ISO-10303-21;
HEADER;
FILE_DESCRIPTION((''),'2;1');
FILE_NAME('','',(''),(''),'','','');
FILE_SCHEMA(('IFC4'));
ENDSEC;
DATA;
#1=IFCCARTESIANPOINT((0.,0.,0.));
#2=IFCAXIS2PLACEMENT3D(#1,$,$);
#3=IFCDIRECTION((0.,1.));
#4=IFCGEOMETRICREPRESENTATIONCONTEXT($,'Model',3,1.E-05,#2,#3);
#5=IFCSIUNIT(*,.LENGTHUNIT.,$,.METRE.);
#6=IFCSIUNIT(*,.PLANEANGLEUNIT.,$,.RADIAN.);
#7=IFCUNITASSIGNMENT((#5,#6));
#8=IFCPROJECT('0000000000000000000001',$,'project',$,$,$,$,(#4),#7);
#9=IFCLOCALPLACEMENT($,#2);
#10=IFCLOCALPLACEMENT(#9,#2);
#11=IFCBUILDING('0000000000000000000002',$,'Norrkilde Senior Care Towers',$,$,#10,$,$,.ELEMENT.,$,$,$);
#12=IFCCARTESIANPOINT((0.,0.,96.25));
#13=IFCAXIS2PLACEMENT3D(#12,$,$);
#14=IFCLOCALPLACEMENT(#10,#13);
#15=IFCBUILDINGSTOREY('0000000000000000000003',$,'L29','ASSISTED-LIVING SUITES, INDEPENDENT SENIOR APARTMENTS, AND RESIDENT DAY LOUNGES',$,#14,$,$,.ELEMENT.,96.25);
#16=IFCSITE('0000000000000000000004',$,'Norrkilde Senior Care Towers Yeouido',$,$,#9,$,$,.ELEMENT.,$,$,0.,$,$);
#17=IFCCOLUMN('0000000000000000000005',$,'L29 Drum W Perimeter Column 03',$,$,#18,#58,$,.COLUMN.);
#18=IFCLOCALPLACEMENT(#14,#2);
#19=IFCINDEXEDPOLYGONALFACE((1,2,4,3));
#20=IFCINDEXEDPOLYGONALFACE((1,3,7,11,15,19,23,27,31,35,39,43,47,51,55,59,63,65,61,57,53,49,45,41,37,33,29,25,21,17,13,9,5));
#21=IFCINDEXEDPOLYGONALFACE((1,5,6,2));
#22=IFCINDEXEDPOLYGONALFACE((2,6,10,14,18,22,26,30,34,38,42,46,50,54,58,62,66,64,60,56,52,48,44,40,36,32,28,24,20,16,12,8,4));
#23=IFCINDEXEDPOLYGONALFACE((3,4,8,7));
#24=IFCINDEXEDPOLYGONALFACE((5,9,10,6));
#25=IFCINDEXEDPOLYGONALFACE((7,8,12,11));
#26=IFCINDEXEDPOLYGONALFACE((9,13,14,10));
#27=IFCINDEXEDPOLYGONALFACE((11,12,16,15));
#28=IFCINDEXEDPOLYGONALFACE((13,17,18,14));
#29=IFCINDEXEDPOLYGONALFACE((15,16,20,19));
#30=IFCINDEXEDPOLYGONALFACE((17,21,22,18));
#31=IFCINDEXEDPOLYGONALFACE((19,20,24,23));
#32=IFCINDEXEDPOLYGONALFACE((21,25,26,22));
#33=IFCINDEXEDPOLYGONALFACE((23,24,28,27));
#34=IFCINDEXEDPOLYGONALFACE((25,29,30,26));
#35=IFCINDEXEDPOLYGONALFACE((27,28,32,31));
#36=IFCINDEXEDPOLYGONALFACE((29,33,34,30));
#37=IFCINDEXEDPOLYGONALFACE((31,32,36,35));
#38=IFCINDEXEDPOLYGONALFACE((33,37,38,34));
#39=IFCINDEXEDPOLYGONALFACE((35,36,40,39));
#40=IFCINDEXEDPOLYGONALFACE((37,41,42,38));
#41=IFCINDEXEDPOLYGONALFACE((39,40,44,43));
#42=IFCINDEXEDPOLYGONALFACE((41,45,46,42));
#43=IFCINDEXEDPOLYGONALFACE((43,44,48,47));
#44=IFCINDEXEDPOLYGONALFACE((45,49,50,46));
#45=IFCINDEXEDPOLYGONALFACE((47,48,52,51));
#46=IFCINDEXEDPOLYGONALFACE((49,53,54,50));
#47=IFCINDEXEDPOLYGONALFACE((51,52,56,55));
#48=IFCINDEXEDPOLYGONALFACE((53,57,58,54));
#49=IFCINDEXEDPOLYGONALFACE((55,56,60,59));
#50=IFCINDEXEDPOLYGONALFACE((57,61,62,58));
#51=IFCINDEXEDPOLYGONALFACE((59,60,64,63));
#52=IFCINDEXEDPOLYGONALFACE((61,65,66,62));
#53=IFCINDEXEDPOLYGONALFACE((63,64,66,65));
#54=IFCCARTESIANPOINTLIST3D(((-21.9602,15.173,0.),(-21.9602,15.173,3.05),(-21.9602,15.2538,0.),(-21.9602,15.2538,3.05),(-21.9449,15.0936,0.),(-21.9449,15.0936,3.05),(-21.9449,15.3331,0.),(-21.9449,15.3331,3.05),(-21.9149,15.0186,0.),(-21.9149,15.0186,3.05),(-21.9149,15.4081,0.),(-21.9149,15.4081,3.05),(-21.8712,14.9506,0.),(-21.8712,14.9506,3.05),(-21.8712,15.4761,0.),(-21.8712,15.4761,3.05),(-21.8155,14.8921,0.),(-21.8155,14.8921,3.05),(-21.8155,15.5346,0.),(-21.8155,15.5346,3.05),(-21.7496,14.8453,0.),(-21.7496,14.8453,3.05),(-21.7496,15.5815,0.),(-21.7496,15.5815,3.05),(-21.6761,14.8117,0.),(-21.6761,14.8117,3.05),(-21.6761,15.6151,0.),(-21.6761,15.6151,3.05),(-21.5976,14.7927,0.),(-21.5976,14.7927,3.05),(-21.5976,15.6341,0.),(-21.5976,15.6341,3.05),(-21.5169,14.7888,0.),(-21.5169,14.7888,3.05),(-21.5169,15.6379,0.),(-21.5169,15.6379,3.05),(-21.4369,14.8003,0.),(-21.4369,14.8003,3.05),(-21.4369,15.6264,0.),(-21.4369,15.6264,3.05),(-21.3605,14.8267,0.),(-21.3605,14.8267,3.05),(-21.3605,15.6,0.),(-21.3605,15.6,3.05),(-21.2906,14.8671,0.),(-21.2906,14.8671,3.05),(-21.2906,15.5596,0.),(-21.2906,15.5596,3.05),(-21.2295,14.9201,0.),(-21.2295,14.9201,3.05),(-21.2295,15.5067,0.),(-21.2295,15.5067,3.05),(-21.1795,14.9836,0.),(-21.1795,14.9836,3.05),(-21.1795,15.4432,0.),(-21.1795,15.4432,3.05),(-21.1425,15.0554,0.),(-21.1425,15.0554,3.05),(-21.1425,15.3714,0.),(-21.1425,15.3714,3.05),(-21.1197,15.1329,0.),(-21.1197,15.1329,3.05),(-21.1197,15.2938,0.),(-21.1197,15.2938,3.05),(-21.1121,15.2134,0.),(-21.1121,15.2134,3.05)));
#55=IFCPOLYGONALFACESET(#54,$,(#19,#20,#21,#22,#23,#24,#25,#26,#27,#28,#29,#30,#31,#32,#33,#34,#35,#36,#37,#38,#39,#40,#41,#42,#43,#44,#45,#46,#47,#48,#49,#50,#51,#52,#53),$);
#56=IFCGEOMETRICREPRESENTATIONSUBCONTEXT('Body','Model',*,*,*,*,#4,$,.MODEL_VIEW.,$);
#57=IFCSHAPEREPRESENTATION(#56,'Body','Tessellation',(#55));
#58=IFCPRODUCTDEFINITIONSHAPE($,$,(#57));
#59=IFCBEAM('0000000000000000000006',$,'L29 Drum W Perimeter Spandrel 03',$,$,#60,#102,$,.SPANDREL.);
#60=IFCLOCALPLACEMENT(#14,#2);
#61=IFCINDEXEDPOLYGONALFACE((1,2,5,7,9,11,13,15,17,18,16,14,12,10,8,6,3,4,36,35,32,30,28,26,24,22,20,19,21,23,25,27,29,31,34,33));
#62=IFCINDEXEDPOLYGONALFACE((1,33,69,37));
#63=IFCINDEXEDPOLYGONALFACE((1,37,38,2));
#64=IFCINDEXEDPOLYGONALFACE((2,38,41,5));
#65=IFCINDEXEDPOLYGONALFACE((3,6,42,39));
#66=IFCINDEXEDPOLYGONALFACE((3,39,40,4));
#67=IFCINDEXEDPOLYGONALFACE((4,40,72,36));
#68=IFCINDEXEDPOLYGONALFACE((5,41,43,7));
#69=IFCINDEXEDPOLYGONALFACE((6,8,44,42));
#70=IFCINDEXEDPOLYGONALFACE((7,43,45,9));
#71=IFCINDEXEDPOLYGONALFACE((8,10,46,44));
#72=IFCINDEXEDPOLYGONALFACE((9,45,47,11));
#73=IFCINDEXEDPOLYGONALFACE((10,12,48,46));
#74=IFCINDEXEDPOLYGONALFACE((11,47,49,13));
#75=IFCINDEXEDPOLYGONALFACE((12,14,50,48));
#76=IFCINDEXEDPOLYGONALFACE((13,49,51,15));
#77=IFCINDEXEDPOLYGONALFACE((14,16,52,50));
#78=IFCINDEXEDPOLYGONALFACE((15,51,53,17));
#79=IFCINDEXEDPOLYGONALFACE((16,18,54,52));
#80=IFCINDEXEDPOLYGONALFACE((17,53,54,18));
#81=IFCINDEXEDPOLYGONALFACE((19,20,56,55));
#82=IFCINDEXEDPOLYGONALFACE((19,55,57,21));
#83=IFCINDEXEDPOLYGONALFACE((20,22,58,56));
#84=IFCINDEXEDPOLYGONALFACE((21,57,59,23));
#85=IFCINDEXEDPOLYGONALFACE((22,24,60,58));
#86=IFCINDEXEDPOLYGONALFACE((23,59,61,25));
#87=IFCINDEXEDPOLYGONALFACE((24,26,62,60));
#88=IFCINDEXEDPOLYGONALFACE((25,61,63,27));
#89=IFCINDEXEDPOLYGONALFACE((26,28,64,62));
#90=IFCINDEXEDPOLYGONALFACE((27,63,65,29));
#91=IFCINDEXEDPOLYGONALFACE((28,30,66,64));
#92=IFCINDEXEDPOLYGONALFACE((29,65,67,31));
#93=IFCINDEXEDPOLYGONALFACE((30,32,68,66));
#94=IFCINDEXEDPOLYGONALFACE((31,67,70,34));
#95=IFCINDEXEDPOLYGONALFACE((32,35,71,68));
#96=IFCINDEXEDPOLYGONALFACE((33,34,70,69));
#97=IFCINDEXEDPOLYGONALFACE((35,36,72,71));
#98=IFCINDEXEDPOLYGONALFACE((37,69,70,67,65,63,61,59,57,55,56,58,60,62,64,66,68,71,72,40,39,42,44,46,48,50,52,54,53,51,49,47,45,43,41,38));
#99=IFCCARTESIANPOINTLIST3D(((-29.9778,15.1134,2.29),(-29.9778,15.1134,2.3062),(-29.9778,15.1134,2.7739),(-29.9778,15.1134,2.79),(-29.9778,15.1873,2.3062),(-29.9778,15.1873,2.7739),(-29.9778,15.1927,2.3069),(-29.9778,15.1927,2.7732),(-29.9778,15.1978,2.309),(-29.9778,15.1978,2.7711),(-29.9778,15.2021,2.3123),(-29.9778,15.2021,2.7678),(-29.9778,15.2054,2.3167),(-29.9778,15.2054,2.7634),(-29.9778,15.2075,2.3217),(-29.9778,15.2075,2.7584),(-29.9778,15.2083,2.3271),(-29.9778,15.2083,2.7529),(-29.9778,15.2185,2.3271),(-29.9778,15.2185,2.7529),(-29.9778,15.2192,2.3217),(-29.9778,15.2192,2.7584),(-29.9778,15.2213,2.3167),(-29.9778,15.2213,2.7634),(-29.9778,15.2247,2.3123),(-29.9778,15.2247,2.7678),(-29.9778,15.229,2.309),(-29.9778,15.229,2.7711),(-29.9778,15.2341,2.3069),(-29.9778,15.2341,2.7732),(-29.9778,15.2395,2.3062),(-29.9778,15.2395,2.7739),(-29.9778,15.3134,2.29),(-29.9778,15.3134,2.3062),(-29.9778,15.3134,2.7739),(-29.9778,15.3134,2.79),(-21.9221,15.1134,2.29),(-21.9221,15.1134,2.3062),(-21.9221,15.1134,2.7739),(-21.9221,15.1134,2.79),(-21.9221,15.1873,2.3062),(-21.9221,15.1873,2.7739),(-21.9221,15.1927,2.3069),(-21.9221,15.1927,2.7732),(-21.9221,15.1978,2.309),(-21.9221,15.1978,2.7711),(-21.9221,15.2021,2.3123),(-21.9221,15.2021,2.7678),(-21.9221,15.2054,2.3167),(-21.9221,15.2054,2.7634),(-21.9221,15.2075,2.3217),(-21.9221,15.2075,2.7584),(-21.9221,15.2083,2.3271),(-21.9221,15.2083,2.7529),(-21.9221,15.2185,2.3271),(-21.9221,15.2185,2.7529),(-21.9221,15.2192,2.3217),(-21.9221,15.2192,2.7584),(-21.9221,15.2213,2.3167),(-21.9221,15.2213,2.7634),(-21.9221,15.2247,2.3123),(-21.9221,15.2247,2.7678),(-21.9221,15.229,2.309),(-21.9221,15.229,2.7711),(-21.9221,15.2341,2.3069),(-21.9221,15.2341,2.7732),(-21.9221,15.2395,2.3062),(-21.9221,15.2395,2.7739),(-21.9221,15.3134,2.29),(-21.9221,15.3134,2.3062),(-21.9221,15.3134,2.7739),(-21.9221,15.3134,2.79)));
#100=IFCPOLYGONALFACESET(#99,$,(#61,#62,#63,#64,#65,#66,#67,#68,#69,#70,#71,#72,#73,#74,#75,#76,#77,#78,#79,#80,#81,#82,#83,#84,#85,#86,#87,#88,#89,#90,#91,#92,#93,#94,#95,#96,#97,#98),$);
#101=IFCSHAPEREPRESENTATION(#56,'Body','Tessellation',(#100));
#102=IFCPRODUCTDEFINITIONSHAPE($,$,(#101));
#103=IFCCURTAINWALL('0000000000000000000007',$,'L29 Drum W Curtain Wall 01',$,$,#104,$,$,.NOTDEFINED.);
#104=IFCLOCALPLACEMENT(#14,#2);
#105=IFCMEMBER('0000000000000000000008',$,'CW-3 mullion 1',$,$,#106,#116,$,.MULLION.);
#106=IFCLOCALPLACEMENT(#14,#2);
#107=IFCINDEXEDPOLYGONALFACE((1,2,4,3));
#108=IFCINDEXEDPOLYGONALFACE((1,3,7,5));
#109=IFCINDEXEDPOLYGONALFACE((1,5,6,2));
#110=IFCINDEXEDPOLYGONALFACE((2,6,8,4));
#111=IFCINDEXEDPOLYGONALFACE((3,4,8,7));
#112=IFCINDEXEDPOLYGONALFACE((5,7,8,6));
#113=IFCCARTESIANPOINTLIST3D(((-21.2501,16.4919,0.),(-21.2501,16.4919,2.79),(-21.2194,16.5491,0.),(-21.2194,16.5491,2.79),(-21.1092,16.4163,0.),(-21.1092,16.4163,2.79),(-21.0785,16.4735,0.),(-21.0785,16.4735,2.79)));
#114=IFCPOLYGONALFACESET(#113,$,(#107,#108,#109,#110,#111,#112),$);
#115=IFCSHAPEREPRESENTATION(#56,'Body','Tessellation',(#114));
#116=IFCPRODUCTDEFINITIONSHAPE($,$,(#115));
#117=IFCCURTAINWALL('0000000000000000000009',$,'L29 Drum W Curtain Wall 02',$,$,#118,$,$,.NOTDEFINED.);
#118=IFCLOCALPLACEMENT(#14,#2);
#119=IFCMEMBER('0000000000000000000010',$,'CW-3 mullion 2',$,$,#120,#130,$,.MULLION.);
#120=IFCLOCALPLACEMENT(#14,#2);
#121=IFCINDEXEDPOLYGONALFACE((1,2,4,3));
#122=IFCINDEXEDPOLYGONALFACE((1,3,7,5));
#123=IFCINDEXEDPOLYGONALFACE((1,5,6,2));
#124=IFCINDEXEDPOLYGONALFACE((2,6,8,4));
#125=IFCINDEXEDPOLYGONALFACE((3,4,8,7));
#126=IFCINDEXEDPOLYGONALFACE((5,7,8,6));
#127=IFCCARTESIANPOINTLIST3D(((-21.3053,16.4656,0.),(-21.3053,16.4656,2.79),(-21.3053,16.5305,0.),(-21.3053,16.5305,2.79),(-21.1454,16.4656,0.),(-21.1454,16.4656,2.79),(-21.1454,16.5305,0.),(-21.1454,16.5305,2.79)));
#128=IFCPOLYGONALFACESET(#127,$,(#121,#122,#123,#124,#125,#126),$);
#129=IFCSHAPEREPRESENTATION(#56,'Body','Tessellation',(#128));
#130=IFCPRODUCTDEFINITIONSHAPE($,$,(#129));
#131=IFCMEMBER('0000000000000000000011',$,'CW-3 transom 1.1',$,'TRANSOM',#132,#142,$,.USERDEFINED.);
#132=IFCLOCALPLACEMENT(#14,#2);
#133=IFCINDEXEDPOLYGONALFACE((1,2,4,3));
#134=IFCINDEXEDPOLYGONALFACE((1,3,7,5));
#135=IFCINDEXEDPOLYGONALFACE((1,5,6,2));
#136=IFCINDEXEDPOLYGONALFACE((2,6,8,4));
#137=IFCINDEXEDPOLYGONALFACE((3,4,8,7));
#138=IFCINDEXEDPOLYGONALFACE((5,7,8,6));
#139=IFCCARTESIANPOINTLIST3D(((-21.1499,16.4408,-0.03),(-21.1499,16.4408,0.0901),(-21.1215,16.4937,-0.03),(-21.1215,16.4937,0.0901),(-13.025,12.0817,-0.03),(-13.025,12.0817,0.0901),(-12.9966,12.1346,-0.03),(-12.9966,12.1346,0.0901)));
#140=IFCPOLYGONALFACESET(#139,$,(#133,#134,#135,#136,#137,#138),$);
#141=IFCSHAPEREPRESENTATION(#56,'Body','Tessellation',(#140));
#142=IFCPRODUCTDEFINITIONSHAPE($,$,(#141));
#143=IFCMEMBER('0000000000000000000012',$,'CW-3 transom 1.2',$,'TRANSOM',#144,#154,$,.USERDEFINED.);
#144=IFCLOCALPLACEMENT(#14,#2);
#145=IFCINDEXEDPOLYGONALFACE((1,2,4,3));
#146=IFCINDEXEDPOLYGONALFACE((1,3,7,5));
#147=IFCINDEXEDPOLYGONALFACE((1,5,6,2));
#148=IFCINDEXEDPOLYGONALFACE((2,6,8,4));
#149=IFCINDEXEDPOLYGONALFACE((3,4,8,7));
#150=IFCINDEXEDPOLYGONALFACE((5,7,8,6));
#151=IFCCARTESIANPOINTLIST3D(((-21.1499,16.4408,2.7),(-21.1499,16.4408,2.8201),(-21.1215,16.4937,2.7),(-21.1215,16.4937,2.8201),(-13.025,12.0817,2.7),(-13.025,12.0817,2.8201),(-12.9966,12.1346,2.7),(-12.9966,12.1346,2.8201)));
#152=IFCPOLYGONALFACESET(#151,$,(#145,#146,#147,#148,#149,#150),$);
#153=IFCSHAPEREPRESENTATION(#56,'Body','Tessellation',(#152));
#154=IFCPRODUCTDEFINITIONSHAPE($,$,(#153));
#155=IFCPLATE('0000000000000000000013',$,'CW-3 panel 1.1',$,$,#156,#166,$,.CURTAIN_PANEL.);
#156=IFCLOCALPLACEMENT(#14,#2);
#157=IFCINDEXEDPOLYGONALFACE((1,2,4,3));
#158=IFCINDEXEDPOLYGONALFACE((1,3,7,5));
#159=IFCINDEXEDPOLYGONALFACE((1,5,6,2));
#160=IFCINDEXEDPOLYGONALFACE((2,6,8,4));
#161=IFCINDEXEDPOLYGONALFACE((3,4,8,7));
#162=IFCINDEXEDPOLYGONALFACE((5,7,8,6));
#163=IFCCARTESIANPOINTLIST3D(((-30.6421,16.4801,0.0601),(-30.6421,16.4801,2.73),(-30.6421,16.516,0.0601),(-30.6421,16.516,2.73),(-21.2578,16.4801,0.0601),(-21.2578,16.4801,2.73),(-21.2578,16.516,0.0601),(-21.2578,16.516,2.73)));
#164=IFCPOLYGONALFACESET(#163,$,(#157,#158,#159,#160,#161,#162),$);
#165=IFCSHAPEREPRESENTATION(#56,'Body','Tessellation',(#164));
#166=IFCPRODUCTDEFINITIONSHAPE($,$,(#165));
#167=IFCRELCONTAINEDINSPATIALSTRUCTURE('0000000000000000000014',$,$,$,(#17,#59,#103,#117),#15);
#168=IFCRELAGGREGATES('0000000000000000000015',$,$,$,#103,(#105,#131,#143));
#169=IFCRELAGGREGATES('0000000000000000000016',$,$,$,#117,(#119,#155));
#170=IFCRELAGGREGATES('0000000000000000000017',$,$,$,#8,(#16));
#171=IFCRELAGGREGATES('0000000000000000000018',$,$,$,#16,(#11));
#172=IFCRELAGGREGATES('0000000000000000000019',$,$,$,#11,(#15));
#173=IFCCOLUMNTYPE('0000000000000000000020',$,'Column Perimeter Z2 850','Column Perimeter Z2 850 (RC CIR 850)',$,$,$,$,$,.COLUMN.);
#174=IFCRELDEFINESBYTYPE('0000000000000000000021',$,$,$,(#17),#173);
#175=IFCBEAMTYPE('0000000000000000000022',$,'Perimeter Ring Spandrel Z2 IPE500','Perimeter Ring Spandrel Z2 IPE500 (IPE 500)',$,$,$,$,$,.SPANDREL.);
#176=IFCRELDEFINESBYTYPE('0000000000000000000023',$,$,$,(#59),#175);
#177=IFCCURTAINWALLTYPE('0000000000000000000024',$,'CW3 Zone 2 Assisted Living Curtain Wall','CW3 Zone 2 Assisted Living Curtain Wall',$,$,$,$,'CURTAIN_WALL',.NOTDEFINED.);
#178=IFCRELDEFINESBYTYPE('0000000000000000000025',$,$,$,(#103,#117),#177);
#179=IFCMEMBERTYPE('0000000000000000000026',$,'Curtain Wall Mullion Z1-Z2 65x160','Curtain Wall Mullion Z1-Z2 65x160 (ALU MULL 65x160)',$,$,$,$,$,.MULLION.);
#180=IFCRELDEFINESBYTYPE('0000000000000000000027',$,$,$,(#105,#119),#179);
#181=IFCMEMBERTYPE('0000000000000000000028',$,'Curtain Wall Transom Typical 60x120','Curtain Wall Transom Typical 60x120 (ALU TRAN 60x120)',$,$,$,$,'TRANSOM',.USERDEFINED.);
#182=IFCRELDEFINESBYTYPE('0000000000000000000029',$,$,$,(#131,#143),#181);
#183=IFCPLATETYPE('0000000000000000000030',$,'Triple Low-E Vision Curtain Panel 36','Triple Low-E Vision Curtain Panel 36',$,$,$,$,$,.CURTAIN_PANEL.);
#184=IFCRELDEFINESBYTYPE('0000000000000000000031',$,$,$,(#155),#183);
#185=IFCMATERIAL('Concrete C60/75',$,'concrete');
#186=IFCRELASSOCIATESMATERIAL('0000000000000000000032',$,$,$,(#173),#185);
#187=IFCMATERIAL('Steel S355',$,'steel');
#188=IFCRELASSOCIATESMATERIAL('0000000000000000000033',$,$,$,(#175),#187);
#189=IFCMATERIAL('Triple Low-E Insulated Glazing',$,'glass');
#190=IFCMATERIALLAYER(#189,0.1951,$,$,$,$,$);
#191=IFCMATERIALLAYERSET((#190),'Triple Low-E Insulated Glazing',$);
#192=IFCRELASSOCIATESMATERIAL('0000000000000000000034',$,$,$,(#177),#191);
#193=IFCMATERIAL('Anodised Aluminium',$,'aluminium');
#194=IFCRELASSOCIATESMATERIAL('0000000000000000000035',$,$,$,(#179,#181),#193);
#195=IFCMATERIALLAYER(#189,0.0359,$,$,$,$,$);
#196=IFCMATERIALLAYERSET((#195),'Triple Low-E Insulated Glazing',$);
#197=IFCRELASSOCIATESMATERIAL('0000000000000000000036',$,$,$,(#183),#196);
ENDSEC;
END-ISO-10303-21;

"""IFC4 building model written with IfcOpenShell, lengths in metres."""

from ifc_helpers import new_model, si_unit, direction, frame, origin, origin_2d, place, context, subcontext, project, spatial, rectangle, circle, i_section, extrude, source, transform, mapped, material, layer, layer_set, material_profile, profile_set, type_object, type_shapes, element, aggregate, save


model = new_model("IFC4")

# Units and contexts
model_context = context("Model", 3, precision=1e-05, world=origin(), true_north=direction((0.0, 1.0)))
body_context = subcontext(model_context, "Body", "Model", "MODEL_VIEW")
ifc_project = project(units=[si_unit("LENGTHUNIT", "METRE"), si_unit("PLANEANGLEUNIT", "RADIAN")], contexts=[model_context])

# Site, building, storey
site_placement = place(None, origin())
site = spatial("IfcSite", under=ifc_project, at=site_placement, Name="Norrkilde Senior Care Towers Yeouido", CompositionType="ELEMENT", RefElevation=0.0)
building_placement = place(site_placement, origin())
building = spatial("IfcBuilding", under=site, at=building_placement, Name="Norrkilde Senior Care Towers", CompositionType="ELEMENT")
storey_placement = place(building_placement, frame((0.0, 0.0, 96.25)))
storey = spatial("IfcBuildingStorey", under=building, at=storey_placement, Name="L29", Description="ASSISTED-LIVING SUITES, INDEPENDENT SENIOR APARTMENTS, AND RESIDENT DAY LOUNGES", CompositionType="ELEMENT", Elevation=96.25)

# Column
ifc_material_1 = material(Name="Concrete C60/75", Category="concrete")
ifc_material_profile_1 = material_profile(ifc_material_1, circle(Radius=0.425, at=origin_2d()), Name="RC CIR 850")
ifc_profile_set_1 = profile_set([ifc_material_profile_1], Name="Concrete C60/75")
column_type = type_object("IfcColumnType", Name="Column Perimeter Z2 850", Description="Column Perimeter Z2 850 (RC CIR 850)", PredefinedType="COLUMN", material=ifc_profile_set_1)
shared_shape_1 = source(origin(), body_context, "Body", "SweptSolid", [
    extrude(circle(Radius=0.425, at=origin_2d()), origin(), (0.0, 0.0, 1.0), 3.05),
])
type_shapes(column_type, [shared_shape_1])
column_placement = place(storey_placement, frame((-21.5371, 15.2134, 0.0), z_axis=(0.0, 0.0, 1.0), x_axis=(1.0, 0.0, 0.0)))
element("IfcColumn", 1, at=column_placement, inside=storey, type_object=column_type, Name="L29 Drum W Perimeter Column 03", PredefinedType="COLUMN", context=body_context, shape_type="MappedRepresentation", body=[
    mapped(shared_shape_1, transform((0.0, 0.0, 0.0), x_axis=(1.0, 0.0, 0.0), y_axis=(0.0, 1.0, 0.0), z_axis=(0.0, 0.0, 1.0), scale=1.0)),
])

# Beam
ifc_material_2 = material(Name="Steel S355", Category="steel")
ifc_material_profile_2 = material_profile(ifc_material_2, i_section(OverallWidth=0.2, OverallDepth=0.5, WebThickness=0.0103, FlangeThickness=0.0161, FilletRadius=0.021, at=origin_2d()), Name="IPE 500")
ifc_profile_set_2 = profile_set([ifc_material_profile_2], Name="Steel S355")
beam_type = type_object("IfcBeamType", Name="Perimeter Ring Spandrel Z2 IPE500", Description="Perimeter Ring Spandrel Z2 IPE500 (IPE 500)", PredefinedType="SPANDREL", material=ifc_profile_set_2)
shared_shape_2 = source(origin(), body_context, "Body", "SweptSolid", [
    extrude(i_section(OverallWidth=0.2, OverallDepth=0.5, WebThickness=0.0103, FlangeThickness=0.0161, FilletRadius=0.021, at=origin_2d()), origin(), (0.0, 0.0, 1.0), 8.0557),
])
type_shapes(beam_type, [shared_shape_2])
beam_placement = place(storey_placement, frame((-21.9221, 15.2134, 2.54), z_axis=(-1.0, 0.0, 0.0), x_axis=(0.0, -1.0, 0.0)))
element("IfcBeam", 2, at=beam_placement, inside=storey, type_object=beam_type, Name="L29 Drum W Perimeter Spandrel 03", PredefinedType="SPANDREL", context=body_context, shape_type="MappedRepresentation", body=[
    mapped(shared_shape_2, transform((0.0, 0.0, 0.0), x_axis=(1.0, 0.0, 0.0), y_axis=(0.0, 1.0, 0.0), z_axis=(0.0, 0.0, 1.0), scale=1.0)),
])

# Curtain walls, members
ifc_material_3 = material(Name="Triple Low-E Insulated Glazing", Category="glass")
ifc_layer_1 = layer(ifc_material_3, 0.1951)
ifc_layer_set_1 = layer_set([ifc_layer_1], Name="Triple Low-E Insulated Glazing")
curtain_wall_type = type_object("IfcCurtainWallType", Name="CW3 Zone 2 Assisted Living Curtain Wall", Description="CW3 Zone 2 Assisted Living Curtain Wall", ElementType="CURTAIN_WALL", PredefinedType="NOTDEFINED", material=ifc_layer_set_1)
curtain_wall_1_placement = place(storey_placement, origin())
curtain_wall_1 = element("IfcCurtainWall", 3, at=curtain_wall_1_placement, inside=storey, type_object=curtain_wall_type, Name="L29 Drum W Curtain Wall 01", PredefinedType="NOTDEFINED")
ifc_material_4 = material(Name="Anodised Aluminium", Category="aluminium")
ifc_material_profile_3 = material_profile(ifc_material_4, rectangle(XDim=0.0649, YDim=0.1599, at=origin_2d()), Name="ALU MULL 65x160")
ifc_profile_set_3 = profile_set([ifc_material_profile_3], Name="Anodised Aluminium")
member_type_1 = type_object("IfcMemberType", Name="Curtain Wall Mullion Z1-Z2 65x160", Description="Curtain Wall Mullion Z1-Z2 65x160 (ALU MULL 65x160)", PredefinedType="MULLION", material=ifc_profile_set_3)
shared_shape_3 = source(origin(), body_context, "Body", "SweptSolid", [
    extrude(rectangle(XDim=0.0649, YDim=0.1599, at=origin_2d()), origin(), (0.0, 0.0, 1.0), 2.79),
])
type_shapes(member_type_1, [shared_shape_3])
member_1_placement = place(storey_placement, frame((-21.1643, 16.4827, 0.0), z_axis=(0.0, 0.0, 1.0), x_axis=(0.472769, 0.881186, 0.0)))
member_1 = element("IfcMember", 4, at=member_1_placement, type_object=member_type_1, Name="CW-3 mullion 1", PredefinedType="MULLION", context=body_context, shape_type="MappedRepresentation", body=[
    mapped(shared_shape_3, transform((0.0, 0.0, 0.0), x_axis=(1.0, 0.0, 0.0), y_axis=(0.0, 1.0, 0.0), z_axis=(0.0, 0.0, 1.0), scale=1.0)),
])
curtain_wall_2_placement = place(storey_placement, origin())
curtain_wall_2 = element("IfcCurtainWall", 5, at=curtain_wall_2_placement, inside=storey, type_object=curtain_wall_type, Name="L29 Drum W Curtain Wall 02", PredefinedType="NOTDEFINED")
member_2_placement = place(storey_placement, frame((-21.2253, 16.498, 0.0), z_axis=(0.0, 0.0, 1.0), x_axis=(0.0, 1.0, 0.0)))
member_2 = element("IfcMember", 6, at=member_2_placement, type_object=member_type_1, Name="CW-3 mullion 2", PredefinedType="MULLION", context=body_context, shape_type="MappedRepresentation", body=[
    mapped(shared_shape_3, transform((0.0, 0.0, 0.0), x_axis=(1.0, 0.0, 0.0), y_axis=(0.0, 1.0, 0.0), z_axis=(0.0, 0.0, 1.0), scale=1.0)),
])

# Members
ifc_material_profile_4 = material_profile(ifc_material_4, rectangle(XDim=0.0601, YDim=0.1201, at=origin_2d()), Name="ALU TRAN 60x120")
ifc_profile_set_4 = profile_set([ifc_material_profile_4], Name="Anodised Aluminium")
member_type_2 = type_object("IfcMemberType", Name="Curtain Wall Transom Typical 60x120", Description="Curtain Wall Transom Typical 60x120 (ALU TRAN 60x120)", ElementType="TRANSOM", PredefinedType="USERDEFINED", material=ifc_profile_set_4)
shared_shape_4 = source(origin(), body_context, "Body", "SweptSolid", [
    extrude(rectangle(XDim=0.0601, YDim=0.1201, at=origin_2d()), origin(), (0.0, 0.0, 1.0), 9.2205),
])
type_shapes(member_type_2, [shared_shape_4])
member_3_placement = place(storey_placement, frame((-21.1357, 16.4673, 0.03), z_axis=(0.881189, -0.472765, 0.0), x_axis=(0.472765, 0.881189, 0.0)))
member_3 = element("IfcMember", 7, at=member_3_placement, type_object=member_type_2, Name="CW-3 transom 1.1", ObjectType="TRANSOM", PredefinedType="USERDEFINED", context=body_context, shape_type="MappedRepresentation", body=[
    mapped(shared_shape_4, transform((0.0, 0.0, 0.0), x_axis=(1.0, 0.0, 0.0), y_axis=(0.0, 1.0, 0.0), z_axis=(0.0, 0.0, 1.0), scale=1.0)),
])
member_4_placement = place(storey_placement, frame((-21.1357, 16.4673, 2.76), z_axis=(0.881189, -0.472765, 0.0), x_axis=(0.472765, 0.881189, 0.0)))
member_4 = element("IfcMember", 8, at=member_4_placement, type_object=member_type_2, Name="CW-3 transom 1.2", ObjectType="TRANSOM", PredefinedType="USERDEFINED", context=body_context, shape_type="MappedRepresentation", body=[
    mapped(shared_shape_4, transform((0.0, 0.0, 0.0), x_axis=(1.0, 0.0, 0.0), y_axis=(0.0, 1.0, 0.0), z_axis=(0.0, 0.0, 1.0), scale=1.0)),
])
aggregate(curtain_wall_1, [member_1, member_3, member_4])

# Plate
ifc_layer_2 = layer(ifc_material_3, 0.0359)
ifc_layer_set_2 = layer_set([ifc_layer_2], Name="Triple Low-E Insulated Glazing")
plate_type = type_object("IfcPlateType", Name="Triple Low-E Vision Curtain Panel 36", Description="Triple Low-E Vision Curtain Panel 36", PredefinedType="CURTAIN_PANEL", material=ifc_layer_set_2)
shared_shape_5 = source(origin(), body_context, "Body", "SweptSolid", [
    extrude(rectangle(XDim=9.3843, YDim=0.0359, at=origin_2d()), origin(), (0.0, 0.0, 1.0), 2.6699),
])
type_shapes(plate_type, [shared_shape_5])
plate_placement = place(storey_placement, frame((-25.95, 16.498, 0.0601), z_axis=(0.0, 0.0, 1.0), x_axis=(1.0, 0.0, 0.0)))
plate = element("IfcPlate", 9, at=plate_placement, type_object=plate_type, Name="CW-3 panel 1.1", PredefinedType="CURTAIN_PANEL", context=body_context, shape_type="MappedRepresentation", body=[
    mapped(shared_shape_5, transform((0.0, 0.0, 0.0), x_axis=(1.0, 0.0, 0.0), y_axis=(0.0, 1.0, 0.0), z_axis=(0.0, 0.0, 1.0), scale=1.0)),
])
aggregate(curtain_wall_2, [member_2, plate])

save(model, "model.ifc")
